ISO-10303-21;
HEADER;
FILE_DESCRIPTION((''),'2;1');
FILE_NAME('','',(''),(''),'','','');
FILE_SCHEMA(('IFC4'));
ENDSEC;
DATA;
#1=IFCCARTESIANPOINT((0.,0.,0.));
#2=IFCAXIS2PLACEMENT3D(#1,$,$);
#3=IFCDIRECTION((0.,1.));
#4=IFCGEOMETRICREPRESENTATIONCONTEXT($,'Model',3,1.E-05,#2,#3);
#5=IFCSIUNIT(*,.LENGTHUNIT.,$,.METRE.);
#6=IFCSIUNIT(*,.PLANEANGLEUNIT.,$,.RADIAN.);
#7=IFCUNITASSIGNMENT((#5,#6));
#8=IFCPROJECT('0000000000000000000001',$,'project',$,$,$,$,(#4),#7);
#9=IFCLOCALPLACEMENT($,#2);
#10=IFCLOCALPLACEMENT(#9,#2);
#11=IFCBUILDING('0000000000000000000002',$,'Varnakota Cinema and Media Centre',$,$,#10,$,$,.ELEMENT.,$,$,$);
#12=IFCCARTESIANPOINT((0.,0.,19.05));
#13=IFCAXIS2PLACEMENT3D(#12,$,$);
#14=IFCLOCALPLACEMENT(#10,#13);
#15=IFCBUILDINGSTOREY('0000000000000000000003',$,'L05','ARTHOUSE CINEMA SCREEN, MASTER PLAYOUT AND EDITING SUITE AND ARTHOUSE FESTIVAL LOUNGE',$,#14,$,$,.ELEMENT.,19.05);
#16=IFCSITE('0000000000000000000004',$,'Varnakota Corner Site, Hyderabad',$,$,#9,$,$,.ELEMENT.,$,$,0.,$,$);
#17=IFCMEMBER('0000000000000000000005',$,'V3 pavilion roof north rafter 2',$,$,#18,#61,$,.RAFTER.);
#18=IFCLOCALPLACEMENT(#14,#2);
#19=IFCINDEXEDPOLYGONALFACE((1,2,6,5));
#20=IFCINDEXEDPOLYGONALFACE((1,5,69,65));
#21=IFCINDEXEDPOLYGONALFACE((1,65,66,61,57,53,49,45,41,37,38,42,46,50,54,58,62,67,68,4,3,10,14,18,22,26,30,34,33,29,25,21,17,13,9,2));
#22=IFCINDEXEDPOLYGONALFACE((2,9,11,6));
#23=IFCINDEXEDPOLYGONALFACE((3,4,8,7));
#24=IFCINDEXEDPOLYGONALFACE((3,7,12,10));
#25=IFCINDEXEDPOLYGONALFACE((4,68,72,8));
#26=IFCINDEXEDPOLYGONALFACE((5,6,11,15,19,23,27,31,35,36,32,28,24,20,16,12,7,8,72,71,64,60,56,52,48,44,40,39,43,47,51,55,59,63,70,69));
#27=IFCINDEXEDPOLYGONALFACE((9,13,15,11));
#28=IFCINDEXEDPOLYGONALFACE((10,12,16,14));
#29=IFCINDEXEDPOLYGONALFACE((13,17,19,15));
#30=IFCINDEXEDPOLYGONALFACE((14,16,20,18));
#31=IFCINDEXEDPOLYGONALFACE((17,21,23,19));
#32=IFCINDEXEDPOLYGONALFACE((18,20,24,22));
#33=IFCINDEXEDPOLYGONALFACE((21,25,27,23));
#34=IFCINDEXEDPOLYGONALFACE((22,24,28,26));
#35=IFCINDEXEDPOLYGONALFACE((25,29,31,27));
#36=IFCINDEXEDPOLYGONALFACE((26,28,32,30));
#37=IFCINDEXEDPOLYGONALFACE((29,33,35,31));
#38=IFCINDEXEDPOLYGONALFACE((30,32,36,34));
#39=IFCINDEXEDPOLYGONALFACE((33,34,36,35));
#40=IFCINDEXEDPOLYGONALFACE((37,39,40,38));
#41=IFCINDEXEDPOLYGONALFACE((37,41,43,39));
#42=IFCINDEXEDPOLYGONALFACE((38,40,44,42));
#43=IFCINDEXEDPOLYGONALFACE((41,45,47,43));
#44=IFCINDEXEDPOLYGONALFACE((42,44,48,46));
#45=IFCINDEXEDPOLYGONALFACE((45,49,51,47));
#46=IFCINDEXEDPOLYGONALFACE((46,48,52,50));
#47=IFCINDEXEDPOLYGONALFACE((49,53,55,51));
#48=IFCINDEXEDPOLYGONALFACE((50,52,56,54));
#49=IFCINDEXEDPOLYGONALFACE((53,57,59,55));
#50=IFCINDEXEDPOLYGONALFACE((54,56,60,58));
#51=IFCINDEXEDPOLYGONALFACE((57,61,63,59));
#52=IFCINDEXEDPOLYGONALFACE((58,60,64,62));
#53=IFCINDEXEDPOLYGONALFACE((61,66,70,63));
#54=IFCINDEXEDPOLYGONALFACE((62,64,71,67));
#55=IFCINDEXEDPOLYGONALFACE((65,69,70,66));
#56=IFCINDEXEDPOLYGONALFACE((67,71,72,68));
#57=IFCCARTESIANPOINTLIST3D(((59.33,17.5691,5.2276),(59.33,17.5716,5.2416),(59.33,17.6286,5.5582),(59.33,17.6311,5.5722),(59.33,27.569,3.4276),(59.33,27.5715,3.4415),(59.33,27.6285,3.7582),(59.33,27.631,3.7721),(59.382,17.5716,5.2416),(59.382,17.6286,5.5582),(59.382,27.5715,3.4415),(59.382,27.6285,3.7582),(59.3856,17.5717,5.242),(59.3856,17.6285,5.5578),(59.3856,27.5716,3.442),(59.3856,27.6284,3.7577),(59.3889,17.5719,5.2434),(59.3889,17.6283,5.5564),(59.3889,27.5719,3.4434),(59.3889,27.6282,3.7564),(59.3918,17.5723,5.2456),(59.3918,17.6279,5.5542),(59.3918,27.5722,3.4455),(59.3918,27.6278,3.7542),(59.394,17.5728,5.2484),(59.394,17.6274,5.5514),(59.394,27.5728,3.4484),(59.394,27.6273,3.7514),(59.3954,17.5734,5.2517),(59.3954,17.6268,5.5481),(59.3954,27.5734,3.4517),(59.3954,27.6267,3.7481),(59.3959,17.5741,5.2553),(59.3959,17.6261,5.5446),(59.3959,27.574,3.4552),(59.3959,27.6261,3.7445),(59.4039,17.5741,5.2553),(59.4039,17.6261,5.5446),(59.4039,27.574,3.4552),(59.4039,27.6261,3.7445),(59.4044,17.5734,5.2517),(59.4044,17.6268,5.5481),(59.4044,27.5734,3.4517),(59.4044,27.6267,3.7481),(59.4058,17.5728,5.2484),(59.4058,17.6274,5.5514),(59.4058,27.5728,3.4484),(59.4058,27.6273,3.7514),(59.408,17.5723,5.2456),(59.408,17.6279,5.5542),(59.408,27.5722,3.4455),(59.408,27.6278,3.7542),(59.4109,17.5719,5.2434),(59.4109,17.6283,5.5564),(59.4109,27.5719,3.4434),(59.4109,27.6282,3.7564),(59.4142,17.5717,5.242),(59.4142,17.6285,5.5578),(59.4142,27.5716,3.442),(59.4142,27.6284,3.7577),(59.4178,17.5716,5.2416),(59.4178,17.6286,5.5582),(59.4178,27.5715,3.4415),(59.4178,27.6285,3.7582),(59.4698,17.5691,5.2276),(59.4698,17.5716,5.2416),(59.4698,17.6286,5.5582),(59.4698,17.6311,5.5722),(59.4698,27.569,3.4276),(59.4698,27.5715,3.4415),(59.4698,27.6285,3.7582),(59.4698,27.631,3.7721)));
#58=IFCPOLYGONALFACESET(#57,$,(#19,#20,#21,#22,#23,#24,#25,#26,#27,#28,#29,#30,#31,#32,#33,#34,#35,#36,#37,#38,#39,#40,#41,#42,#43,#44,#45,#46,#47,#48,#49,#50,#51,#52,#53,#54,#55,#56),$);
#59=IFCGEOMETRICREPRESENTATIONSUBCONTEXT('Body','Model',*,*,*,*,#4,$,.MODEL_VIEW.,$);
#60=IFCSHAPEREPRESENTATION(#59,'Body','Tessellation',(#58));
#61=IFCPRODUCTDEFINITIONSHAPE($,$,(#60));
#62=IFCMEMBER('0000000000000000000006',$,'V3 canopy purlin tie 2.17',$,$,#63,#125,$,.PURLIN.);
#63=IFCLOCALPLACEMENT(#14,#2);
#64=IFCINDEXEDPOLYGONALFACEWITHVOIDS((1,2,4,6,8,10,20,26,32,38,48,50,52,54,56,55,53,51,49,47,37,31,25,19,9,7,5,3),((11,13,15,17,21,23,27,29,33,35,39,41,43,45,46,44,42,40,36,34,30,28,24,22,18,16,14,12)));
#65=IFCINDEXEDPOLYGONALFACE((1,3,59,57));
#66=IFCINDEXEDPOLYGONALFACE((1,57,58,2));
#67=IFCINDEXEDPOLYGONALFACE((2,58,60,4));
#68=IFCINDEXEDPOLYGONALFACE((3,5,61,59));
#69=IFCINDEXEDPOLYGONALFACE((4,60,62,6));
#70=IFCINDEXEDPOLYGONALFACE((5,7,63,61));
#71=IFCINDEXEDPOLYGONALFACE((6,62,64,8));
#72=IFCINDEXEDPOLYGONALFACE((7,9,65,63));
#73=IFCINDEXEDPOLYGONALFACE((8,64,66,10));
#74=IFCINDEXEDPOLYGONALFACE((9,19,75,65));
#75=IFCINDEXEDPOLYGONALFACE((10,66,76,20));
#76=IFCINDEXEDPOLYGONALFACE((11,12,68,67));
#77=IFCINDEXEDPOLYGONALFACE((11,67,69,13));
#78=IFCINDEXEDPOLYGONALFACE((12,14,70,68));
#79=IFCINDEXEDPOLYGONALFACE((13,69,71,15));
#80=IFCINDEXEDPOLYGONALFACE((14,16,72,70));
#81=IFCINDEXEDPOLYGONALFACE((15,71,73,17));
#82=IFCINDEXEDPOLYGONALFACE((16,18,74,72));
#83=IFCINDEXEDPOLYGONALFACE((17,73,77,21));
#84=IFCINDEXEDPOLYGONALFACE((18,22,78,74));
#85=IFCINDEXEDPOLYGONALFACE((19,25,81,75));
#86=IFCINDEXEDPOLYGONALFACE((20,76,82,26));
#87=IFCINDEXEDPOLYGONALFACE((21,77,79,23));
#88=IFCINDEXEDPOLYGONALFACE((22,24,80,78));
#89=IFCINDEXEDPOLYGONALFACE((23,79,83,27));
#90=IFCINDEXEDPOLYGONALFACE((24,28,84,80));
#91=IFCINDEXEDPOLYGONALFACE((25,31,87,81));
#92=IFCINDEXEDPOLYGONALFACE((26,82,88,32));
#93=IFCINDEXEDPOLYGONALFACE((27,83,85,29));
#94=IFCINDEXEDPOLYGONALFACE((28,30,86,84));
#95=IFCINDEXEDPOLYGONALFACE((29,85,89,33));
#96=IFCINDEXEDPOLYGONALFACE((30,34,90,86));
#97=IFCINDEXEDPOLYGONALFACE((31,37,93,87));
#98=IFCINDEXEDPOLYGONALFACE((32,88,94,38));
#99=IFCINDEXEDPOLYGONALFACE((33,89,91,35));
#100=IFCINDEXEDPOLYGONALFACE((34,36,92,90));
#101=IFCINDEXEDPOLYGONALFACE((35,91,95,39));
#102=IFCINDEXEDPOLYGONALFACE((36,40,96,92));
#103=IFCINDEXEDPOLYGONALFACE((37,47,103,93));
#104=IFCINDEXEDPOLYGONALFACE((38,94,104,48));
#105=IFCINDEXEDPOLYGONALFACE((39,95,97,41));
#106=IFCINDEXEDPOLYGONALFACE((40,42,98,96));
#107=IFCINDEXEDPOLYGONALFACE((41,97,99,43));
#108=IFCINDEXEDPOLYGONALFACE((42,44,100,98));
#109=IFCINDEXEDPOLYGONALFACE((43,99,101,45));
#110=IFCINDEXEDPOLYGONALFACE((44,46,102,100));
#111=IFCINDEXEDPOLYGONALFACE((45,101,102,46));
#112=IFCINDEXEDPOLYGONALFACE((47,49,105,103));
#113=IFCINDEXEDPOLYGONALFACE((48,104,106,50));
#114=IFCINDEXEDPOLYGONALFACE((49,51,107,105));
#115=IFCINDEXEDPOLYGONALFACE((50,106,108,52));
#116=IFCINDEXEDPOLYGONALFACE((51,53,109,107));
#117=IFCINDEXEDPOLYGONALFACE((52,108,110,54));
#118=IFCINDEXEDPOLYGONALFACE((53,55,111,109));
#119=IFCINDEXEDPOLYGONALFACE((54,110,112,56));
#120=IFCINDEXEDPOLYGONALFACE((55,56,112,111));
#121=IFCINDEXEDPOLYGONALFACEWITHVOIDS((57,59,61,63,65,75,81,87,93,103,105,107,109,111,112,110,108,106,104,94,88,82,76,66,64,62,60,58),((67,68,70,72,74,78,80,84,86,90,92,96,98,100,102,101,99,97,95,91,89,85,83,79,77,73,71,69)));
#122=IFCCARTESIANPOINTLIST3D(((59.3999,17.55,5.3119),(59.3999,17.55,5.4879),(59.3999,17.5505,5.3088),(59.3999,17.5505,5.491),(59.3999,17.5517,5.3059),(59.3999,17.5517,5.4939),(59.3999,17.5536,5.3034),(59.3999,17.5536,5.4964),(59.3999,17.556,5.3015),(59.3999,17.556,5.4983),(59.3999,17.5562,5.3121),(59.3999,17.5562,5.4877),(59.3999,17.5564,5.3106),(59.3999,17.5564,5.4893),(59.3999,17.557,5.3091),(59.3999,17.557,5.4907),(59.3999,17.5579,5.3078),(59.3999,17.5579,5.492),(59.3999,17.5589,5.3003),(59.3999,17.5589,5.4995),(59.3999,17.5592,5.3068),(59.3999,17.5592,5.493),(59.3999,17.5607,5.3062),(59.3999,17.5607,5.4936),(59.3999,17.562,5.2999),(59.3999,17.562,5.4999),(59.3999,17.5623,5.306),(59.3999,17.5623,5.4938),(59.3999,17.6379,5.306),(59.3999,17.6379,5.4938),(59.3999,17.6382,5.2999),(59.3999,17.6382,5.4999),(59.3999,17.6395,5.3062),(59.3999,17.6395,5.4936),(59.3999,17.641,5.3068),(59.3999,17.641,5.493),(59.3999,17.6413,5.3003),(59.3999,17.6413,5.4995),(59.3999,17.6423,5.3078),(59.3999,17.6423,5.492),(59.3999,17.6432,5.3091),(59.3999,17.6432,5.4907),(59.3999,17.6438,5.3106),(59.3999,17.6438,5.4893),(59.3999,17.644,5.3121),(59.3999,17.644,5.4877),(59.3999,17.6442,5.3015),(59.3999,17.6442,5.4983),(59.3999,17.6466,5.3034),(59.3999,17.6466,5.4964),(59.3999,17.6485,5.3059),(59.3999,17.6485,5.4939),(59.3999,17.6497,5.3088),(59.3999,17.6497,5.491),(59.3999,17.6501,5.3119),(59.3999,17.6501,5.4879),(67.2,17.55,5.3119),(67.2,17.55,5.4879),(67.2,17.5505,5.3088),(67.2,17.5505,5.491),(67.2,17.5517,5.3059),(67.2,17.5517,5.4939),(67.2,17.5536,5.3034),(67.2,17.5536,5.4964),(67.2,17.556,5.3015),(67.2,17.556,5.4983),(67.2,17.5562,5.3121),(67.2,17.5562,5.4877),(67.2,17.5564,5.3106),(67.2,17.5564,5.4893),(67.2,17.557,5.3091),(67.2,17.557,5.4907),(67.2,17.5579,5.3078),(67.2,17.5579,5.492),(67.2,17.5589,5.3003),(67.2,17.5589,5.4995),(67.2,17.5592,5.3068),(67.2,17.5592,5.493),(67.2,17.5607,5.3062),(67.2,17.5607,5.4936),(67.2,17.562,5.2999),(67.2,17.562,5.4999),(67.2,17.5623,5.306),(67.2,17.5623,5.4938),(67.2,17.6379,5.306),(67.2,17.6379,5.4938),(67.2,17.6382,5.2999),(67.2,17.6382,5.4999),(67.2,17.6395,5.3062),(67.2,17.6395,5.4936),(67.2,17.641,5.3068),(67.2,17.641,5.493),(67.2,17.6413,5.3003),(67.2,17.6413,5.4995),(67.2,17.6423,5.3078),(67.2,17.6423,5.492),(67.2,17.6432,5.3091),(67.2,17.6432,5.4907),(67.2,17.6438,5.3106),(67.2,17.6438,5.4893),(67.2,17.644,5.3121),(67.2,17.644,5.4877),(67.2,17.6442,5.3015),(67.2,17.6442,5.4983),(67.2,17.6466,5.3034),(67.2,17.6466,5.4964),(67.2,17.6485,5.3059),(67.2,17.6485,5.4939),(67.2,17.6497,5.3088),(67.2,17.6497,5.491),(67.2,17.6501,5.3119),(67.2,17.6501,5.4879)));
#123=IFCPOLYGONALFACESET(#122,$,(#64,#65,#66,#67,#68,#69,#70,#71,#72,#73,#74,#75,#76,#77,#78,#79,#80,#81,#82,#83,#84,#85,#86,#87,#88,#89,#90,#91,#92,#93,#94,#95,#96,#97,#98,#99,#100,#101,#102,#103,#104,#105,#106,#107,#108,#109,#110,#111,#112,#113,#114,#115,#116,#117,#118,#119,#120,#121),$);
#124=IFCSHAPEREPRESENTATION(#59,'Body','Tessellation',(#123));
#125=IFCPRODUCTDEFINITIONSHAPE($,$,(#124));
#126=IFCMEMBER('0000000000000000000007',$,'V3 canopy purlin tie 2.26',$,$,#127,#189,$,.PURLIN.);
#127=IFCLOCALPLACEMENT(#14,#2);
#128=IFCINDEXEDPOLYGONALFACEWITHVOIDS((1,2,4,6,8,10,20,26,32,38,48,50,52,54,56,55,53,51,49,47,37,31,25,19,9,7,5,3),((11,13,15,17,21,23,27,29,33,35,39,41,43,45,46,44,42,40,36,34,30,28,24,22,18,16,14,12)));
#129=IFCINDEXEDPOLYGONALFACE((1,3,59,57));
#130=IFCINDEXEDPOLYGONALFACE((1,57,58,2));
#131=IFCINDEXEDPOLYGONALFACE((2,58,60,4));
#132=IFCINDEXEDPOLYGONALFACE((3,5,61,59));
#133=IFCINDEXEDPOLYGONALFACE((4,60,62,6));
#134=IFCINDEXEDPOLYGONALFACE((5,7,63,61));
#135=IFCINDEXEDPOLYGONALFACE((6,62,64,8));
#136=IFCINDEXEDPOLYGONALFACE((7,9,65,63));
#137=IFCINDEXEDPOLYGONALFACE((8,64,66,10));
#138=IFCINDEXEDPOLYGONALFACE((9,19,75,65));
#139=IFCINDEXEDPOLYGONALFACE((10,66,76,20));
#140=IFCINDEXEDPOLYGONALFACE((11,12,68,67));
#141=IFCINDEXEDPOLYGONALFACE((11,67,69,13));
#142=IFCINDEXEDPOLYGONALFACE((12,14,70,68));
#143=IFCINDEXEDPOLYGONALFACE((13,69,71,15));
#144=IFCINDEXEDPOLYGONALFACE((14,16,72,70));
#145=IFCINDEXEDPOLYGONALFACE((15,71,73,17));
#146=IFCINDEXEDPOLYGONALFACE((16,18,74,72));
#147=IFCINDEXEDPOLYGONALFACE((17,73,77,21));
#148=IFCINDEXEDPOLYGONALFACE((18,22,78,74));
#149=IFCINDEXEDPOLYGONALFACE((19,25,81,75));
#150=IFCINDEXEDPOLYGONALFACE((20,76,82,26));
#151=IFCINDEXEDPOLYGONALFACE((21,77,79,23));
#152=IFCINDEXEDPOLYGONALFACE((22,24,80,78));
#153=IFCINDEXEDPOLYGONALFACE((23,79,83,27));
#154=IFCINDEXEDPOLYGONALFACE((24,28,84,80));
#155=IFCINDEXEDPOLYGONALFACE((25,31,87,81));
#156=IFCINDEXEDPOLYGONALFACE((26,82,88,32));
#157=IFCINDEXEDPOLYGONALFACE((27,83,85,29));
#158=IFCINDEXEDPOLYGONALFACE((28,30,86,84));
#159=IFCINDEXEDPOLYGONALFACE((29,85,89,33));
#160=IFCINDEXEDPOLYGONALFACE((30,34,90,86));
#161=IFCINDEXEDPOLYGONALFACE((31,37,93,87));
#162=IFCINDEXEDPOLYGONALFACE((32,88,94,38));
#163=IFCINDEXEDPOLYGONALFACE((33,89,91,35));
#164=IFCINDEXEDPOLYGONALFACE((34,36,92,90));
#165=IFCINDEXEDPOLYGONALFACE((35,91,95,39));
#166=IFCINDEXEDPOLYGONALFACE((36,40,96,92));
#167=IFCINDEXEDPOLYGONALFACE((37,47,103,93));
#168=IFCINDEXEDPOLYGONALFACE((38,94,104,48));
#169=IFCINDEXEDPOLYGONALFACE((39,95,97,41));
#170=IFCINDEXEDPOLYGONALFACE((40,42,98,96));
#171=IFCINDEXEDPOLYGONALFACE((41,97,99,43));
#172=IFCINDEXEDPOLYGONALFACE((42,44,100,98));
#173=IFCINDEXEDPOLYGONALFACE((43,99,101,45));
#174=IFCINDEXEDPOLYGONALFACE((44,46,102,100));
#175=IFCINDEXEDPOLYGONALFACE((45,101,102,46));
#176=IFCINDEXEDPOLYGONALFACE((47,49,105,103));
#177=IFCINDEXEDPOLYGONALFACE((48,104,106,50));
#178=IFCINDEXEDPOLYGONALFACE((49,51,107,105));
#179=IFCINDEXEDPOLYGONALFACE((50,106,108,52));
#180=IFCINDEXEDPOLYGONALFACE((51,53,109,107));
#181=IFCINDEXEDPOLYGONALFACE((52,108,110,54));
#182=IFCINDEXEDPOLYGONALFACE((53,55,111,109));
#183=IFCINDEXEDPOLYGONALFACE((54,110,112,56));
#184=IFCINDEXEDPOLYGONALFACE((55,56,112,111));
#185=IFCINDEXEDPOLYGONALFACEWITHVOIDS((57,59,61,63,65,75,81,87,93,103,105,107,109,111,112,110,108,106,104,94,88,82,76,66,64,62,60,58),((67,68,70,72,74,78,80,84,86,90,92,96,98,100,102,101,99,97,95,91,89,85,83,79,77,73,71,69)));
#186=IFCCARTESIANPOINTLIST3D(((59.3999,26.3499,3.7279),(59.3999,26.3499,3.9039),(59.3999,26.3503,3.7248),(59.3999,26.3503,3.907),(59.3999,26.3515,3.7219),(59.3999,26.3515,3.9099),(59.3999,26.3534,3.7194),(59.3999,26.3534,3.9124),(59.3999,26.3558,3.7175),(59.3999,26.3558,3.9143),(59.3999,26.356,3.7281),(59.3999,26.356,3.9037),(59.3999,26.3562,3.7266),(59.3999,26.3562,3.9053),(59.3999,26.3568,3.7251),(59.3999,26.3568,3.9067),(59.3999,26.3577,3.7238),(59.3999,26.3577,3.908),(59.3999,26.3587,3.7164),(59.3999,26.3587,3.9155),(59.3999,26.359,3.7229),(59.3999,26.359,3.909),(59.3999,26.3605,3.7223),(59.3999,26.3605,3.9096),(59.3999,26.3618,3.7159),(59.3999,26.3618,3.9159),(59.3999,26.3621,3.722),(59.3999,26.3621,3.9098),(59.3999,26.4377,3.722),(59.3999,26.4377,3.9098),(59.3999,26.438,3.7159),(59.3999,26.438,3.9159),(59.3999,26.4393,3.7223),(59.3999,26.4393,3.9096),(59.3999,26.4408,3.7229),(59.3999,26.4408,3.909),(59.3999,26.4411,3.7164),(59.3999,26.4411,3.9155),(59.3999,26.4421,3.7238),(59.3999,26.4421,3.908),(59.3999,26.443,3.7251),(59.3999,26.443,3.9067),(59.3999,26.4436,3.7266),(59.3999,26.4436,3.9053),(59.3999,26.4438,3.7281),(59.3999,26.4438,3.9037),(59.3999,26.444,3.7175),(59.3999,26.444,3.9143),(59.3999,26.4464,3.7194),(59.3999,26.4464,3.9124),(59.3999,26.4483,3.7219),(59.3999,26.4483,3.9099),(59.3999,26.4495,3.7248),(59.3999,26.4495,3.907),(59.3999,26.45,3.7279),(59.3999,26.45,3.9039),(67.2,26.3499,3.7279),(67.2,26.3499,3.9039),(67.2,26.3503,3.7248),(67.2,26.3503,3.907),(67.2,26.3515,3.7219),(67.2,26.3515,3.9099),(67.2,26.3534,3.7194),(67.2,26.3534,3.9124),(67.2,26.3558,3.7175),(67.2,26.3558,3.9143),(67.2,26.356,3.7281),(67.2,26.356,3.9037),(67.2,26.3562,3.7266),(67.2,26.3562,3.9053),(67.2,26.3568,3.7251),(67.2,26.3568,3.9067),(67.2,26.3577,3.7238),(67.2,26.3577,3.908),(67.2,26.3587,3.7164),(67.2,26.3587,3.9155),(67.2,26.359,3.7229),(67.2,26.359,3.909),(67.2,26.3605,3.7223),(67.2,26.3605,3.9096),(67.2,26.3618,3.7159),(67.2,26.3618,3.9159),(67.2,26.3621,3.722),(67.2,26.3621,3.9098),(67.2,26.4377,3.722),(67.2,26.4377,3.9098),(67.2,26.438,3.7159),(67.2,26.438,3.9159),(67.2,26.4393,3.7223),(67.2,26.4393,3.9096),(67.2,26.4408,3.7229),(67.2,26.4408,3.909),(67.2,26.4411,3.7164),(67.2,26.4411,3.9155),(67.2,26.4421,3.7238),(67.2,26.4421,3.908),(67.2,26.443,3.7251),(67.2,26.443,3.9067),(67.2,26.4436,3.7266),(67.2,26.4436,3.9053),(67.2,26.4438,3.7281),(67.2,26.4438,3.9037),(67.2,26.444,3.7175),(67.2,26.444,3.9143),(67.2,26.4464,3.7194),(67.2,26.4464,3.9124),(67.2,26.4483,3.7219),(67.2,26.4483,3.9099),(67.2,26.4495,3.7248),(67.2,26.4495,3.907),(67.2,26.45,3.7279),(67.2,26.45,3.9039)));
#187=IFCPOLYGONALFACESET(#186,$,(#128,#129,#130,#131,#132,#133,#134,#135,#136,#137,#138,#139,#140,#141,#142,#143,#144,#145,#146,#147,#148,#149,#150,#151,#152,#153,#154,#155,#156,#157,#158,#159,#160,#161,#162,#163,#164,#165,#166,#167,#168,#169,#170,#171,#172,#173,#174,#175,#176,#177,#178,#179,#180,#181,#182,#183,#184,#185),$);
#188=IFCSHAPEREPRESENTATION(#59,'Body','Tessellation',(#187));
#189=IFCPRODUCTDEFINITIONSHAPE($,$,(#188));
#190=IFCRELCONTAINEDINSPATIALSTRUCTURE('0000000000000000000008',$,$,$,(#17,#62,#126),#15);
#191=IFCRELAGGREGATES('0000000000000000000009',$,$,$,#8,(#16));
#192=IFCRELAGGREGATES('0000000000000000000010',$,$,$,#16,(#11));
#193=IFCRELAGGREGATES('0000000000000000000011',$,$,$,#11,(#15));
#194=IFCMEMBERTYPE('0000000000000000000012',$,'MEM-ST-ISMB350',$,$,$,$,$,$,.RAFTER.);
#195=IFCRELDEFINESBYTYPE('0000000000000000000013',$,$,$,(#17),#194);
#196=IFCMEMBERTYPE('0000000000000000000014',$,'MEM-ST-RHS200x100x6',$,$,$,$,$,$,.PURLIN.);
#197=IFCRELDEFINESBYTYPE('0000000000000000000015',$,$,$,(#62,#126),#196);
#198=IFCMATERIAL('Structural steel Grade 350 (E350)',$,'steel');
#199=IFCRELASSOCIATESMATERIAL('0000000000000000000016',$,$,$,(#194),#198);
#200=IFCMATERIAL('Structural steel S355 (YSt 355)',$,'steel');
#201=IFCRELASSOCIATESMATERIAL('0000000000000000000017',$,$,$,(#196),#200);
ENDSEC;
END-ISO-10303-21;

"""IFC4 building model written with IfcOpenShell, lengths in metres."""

from ifc_helpers import new_model, si_unit, direction, frame, origin, origin_2d, place, context, subcontext, project, spatial, hollow_rectangle, i_section, extrude, material, material_profile, profile_set, type_object, element, save


model = new_model("IFC4")

# Units and contexts
model_context = context("Model", 3, precision=1e-05, world=origin(), true_north=direction((0.0, 1.0)))
body_context = subcontext(model_context, "Body", "Model", "MODEL_VIEW")
ifc_project = project(units=[si_unit("LENGTHUNIT", "METRE"), si_unit("PLANEANGLEUNIT", "RADIAN")], contexts=[model_context])

# Site, building, storey
site_placement = place(None, origin())
site = spatial("IfcSite", under=ifc_project, at=site_placement, Name="Varnakota Corner Site, Hyderabad", CompositionType="ELEMENT", RefElevation=0.0)
building_placement = place(site_placement, origin())
building = spatial("IfcBuilding", under=site, at=building_placement, Name="Varnakota Cinema and Media Centre", CompositionType="ELEMENT")
storey_placement = place(building_placement, frame((0.0, 0.0, 19.05)))
storey = spatial("IfcBuildingStorey", under=building, at=storey_placement, Name="L05", Description="ARTHOUSE CINEMA SCREEN, MASTER PLAYOUT AND EDITING SUITE AND ARTHOUSE FESTIVAL LOUNGE", CompositionType="ELEMENT", Elevation=19.05)

# Members
ifc_material_1 = material(Name="Structural steel Grade 350 (E350)", Category="steel")
ifc_material_profile_1 = material_profile(ifc_material_1, i_section(OverallWidth=0.1399, OverallDepth=0.3501, WebThickness=0.0081, FlangeThickness=0.0142, FilletRadius=0.0139, at=origin_2d()), Name="ISMB 350")
ifc_profile_set_1 = profile_set([ifc_material_profile_1], Name="Structural steel Grade 350 (E350)")
member_type_1 = type_object("IfcMemberType", Name="MEM-ST-ISMB350", PredefinedType="RAFTER", material=ifc_profile_set_1)
member_placement = place(storey_placement, frame((59.3999, 17.6001, 5.3999), z_axis=(0.0, 0.984182, -0.177158), x_axis=(-1.0, 0.0, 0.0)))
element("IfcMember", 1, at=member_placement, inside=storey, type_object=member_type_1, Name="V3 pavilion roof north rafter 2", PredefinedType="RAFTER", context=body_context, shape_type="SweptSolid", body=[
    extrude(i_section(OverallWidth=0.1399, OverallDepth=0.3501, WebThickness=0.0081, FlangeThickness=0.0142, FilletRadius=0.0139, at=origin_2d()), origin(), (0.0, 0.0, 1.0), 10.1606),
])
ifc_material_2 = material(Name="Structural steel S355 (YSt 355)", Category="steel")
ifc_material_profile_2 = material_profile(ifc_material_2, hollow_rectangle(XDim=0.1001, YDim=0.2, WallThickness=0.0061, InnerFilletRadius=0.0061, OuterFilletRadius=0.012, at=origin_2d()), Name="RHS 200x100x6")
ifc_profile_set_2 = profile_set([ifc_material_profile_2], Name="Structural steel S355 (YSt 355)")
member_type_2 = type_object("IfcMemberType", Name="MEM-ST-RHS200x100x6", PredefinedType="PURLIN", material=ifc_profile_set_2)
for number, where, z_axis, x_axis, name in (
    (2, (59.3999, 17.6001, 5.3999), (1.0, 0.0, 0.0), (0.0, 1.0, 0.0), "V3 canopy purlin tie 2.17"),
    (3, (59.3999, 26.3999, 3.8159), (1.0, 0.0, 0.0), (0.0, 1.0, 0.0), "V3 canopy purlin tie 2.26"),
):
    element("IfcMember", number, at=place(storey_placement, frame(where, z_axis=z_axis, x_axis=x_axis)), inside=storey, type_object=member_type_2, Name=name, PredefinedType="PURLIN", context=body_context, shape_type="SweptSolid", body=[
        extrude(hollow_rectangle(XDim=0.1001, YDim=0.2, WallThickness=0.0061, InnerFilletRadius=0.0061, OuterFilletRadius=0.012, at=origin_2d()), origin(), (0.0, 0.0, 1.0), 7.8),
    ])

save(model, "model.ifc")
